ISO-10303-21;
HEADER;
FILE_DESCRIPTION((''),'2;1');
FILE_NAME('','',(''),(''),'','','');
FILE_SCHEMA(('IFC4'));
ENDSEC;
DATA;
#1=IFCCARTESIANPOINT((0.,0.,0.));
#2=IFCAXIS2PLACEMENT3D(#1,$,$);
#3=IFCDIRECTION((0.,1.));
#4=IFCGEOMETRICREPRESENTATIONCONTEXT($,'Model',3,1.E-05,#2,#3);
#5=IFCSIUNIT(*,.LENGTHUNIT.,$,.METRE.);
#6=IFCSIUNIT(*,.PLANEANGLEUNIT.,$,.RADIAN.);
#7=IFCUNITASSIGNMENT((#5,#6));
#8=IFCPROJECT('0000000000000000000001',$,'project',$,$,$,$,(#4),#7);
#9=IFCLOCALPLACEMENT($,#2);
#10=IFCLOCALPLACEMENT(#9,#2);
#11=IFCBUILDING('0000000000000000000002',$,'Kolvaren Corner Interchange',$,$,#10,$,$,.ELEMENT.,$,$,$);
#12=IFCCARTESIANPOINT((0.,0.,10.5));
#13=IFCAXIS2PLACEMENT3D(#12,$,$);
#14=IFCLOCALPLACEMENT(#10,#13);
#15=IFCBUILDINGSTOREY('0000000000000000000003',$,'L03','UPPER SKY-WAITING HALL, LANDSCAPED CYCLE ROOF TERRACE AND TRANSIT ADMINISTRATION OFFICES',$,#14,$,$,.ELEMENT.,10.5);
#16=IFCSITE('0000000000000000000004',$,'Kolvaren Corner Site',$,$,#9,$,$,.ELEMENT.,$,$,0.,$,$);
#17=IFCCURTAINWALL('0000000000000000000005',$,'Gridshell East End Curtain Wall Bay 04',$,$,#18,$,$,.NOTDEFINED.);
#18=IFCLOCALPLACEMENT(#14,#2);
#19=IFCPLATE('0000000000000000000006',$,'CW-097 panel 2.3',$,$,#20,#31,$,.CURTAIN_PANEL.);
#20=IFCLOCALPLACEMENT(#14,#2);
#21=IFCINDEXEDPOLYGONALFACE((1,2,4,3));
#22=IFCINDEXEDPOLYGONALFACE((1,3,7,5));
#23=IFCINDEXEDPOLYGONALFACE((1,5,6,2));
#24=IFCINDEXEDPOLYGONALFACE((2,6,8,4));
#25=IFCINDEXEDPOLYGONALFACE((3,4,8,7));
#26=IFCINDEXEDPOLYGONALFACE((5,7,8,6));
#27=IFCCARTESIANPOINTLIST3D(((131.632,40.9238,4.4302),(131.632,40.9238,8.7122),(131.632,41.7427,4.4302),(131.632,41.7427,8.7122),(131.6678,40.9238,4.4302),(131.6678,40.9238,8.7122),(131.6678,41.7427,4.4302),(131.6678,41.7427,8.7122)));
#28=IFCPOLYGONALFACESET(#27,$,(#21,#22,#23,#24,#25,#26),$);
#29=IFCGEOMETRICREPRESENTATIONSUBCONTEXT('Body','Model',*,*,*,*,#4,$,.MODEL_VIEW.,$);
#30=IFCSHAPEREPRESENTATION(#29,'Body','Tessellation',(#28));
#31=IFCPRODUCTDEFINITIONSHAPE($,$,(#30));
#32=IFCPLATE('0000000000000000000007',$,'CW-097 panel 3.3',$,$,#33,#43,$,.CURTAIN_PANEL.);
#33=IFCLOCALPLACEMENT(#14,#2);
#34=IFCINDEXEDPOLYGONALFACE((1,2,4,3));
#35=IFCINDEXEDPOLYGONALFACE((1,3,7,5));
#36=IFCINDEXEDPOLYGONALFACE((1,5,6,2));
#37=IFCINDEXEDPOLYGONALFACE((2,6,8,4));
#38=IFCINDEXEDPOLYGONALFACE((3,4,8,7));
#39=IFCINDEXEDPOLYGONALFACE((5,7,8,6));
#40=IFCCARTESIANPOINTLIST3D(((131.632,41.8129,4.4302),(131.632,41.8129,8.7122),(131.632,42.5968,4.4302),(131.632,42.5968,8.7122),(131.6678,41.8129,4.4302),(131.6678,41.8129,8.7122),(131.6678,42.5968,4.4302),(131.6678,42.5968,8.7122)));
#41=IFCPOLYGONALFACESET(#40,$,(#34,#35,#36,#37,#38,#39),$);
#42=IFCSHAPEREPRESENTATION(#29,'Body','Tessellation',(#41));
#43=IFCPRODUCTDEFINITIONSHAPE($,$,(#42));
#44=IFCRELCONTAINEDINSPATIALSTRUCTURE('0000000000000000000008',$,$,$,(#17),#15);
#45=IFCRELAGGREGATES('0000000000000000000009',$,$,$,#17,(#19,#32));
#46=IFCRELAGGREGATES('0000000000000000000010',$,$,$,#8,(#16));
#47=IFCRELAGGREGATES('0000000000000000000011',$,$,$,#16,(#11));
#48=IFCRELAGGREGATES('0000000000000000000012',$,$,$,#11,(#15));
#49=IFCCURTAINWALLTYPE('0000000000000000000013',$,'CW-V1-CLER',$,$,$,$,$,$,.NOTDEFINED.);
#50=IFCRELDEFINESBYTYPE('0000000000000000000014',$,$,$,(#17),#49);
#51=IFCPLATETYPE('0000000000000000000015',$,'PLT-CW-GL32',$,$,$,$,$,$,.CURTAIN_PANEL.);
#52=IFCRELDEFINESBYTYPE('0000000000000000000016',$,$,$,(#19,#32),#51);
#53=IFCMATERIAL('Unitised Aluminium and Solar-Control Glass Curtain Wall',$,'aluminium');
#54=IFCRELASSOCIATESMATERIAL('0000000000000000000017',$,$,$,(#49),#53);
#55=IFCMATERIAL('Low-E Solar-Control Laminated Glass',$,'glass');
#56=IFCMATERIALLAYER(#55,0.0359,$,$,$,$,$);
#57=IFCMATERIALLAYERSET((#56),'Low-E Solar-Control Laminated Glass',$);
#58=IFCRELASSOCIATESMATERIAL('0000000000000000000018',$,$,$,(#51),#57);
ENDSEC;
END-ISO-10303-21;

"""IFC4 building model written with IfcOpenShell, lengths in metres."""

from ifc_helpers import new_model, si_unit, direction, frame, origin, origin_2d, place, context, subcontext, project, spatial, rectangle, extrude, material, layer, layer_set, type_object, element, aggregate, save


model = new_model("IFC4")

# Units and contexts
model_context = context("Model", 3, precision=1e-05, world=origin(), true_north=direction((0.0, 1.0)))
body_context = subcontext(model_context, "Body", "Model", "MODEL_VIEW")
ifc_project = project(units=[si_unit("LENGTHUNIT", "METRE"), si_unit("PLANEANGLEUNIT", "RADIAN")], contexts=[model_context])

# Site, building, storey
site_placement = place(None, origin())
site = spatial("IfcSite", under=ifc_project, at=site_placement, Name="Kolvaren Corner Site", CompositionType="ELEMENT", RefElevation=0.0)
building_placement = place(site_placement, origin())
building = spatial("IfcBuilding", under=site, at=building_placement, Name="Kolvaren Corner Interchange", CompositionType="ELEMENT")
storey_placement = place(building_placement, frame((0.0, 0.0, 10.5)))
storey = spatial("IfcBuildingStorey", under=building, at=storey_placement, Name="L03", Description="UPPER SKY-WAITING HALL, LANDSCAPED CYCLE ROOF TERRACE AND TRANSIT ADMINISTRATION OFFICES", CompositionType="ELEMENT", Elevation=10.5)

# Curtain wall
ifc_material_1 = material(Name="Unitised Aluminium and Solar-Control Glass Curtain Wall", Category="aluminium")
curtain_wall_type = type_object("IfcCurtainWallType", Name="CW-V1-CLER", PredefinedType="NOTDEFINED", material=ifc_material_1)
curtain_wall_1_placement = place(storey_placement, origin())
curtain_wall_1 = element("IfcCurtainWall", 1, at=curtain_wall_1_placement, inside=storey, type_object=curtain_wall_type, Name="Gridshell East End Curtain Wall Bay 04", PredefinedType="NOTDEFINED")

# Plates
ifc_material_2 = material(Name="Low-E Solar-Control Laminated Glass", Category="glass")
ifc_layer = layer(ifc_material_2, 0.0359)
ifc_layer_set = layer_set([ifc_layer], Name="Low-E Solar-Control Laminated Glass")
plate_type = type_object("IfcPlateType", Name="PLT-CW-GL32", PredefinedType="CURTAIN_PANEL", material=ifc_layer_set)
plate_1_placement = place(storey_placement, frame((131.6499, 41.3333, 4.4302), z_axis=(0.0, 0.0, 1.0), x_axis=(0.0, 1.0, 0.0)))
plate_1 = element("IfcPlate", 2, at=plate_1_placement, type_object=plate_type, Name="CW-097 panel 2.3", PredefinedType="CURTAIN_PANEL", context=body_context, shape_type="SweptSolid", body=[
    extrude(rectangle(XDim=0.8188, YDim=0.0359, at=origin_2d()), origin(), (0.0, 0.0, 1.0), 4.282),
])
plate_2_placement = place(storey_placement, frame((131.6499, 42.2048, 4.4302), z_axis=(0.0, 0.0, 1.0), x_axis=(0.0, 1.0, 0.0)))
plate_2 = element("IfcPlate", 3, at=plate_2_placement, type_object=plate_type, Name="CW-097 panel 3.3", PredefinedType="CURTAIN_PANEL", context=body_context, shape_type="SweptSolid", body=[
    extrude(rectangle(XDim=0.7839, YDim=0.0359, at=origin_2d()), origin(), (0.0, 0.0, 1.0), 4.282),
])
aggregate(curtain_wall_1, [plate_1, plate_2])

save(model, "model.ifc")
